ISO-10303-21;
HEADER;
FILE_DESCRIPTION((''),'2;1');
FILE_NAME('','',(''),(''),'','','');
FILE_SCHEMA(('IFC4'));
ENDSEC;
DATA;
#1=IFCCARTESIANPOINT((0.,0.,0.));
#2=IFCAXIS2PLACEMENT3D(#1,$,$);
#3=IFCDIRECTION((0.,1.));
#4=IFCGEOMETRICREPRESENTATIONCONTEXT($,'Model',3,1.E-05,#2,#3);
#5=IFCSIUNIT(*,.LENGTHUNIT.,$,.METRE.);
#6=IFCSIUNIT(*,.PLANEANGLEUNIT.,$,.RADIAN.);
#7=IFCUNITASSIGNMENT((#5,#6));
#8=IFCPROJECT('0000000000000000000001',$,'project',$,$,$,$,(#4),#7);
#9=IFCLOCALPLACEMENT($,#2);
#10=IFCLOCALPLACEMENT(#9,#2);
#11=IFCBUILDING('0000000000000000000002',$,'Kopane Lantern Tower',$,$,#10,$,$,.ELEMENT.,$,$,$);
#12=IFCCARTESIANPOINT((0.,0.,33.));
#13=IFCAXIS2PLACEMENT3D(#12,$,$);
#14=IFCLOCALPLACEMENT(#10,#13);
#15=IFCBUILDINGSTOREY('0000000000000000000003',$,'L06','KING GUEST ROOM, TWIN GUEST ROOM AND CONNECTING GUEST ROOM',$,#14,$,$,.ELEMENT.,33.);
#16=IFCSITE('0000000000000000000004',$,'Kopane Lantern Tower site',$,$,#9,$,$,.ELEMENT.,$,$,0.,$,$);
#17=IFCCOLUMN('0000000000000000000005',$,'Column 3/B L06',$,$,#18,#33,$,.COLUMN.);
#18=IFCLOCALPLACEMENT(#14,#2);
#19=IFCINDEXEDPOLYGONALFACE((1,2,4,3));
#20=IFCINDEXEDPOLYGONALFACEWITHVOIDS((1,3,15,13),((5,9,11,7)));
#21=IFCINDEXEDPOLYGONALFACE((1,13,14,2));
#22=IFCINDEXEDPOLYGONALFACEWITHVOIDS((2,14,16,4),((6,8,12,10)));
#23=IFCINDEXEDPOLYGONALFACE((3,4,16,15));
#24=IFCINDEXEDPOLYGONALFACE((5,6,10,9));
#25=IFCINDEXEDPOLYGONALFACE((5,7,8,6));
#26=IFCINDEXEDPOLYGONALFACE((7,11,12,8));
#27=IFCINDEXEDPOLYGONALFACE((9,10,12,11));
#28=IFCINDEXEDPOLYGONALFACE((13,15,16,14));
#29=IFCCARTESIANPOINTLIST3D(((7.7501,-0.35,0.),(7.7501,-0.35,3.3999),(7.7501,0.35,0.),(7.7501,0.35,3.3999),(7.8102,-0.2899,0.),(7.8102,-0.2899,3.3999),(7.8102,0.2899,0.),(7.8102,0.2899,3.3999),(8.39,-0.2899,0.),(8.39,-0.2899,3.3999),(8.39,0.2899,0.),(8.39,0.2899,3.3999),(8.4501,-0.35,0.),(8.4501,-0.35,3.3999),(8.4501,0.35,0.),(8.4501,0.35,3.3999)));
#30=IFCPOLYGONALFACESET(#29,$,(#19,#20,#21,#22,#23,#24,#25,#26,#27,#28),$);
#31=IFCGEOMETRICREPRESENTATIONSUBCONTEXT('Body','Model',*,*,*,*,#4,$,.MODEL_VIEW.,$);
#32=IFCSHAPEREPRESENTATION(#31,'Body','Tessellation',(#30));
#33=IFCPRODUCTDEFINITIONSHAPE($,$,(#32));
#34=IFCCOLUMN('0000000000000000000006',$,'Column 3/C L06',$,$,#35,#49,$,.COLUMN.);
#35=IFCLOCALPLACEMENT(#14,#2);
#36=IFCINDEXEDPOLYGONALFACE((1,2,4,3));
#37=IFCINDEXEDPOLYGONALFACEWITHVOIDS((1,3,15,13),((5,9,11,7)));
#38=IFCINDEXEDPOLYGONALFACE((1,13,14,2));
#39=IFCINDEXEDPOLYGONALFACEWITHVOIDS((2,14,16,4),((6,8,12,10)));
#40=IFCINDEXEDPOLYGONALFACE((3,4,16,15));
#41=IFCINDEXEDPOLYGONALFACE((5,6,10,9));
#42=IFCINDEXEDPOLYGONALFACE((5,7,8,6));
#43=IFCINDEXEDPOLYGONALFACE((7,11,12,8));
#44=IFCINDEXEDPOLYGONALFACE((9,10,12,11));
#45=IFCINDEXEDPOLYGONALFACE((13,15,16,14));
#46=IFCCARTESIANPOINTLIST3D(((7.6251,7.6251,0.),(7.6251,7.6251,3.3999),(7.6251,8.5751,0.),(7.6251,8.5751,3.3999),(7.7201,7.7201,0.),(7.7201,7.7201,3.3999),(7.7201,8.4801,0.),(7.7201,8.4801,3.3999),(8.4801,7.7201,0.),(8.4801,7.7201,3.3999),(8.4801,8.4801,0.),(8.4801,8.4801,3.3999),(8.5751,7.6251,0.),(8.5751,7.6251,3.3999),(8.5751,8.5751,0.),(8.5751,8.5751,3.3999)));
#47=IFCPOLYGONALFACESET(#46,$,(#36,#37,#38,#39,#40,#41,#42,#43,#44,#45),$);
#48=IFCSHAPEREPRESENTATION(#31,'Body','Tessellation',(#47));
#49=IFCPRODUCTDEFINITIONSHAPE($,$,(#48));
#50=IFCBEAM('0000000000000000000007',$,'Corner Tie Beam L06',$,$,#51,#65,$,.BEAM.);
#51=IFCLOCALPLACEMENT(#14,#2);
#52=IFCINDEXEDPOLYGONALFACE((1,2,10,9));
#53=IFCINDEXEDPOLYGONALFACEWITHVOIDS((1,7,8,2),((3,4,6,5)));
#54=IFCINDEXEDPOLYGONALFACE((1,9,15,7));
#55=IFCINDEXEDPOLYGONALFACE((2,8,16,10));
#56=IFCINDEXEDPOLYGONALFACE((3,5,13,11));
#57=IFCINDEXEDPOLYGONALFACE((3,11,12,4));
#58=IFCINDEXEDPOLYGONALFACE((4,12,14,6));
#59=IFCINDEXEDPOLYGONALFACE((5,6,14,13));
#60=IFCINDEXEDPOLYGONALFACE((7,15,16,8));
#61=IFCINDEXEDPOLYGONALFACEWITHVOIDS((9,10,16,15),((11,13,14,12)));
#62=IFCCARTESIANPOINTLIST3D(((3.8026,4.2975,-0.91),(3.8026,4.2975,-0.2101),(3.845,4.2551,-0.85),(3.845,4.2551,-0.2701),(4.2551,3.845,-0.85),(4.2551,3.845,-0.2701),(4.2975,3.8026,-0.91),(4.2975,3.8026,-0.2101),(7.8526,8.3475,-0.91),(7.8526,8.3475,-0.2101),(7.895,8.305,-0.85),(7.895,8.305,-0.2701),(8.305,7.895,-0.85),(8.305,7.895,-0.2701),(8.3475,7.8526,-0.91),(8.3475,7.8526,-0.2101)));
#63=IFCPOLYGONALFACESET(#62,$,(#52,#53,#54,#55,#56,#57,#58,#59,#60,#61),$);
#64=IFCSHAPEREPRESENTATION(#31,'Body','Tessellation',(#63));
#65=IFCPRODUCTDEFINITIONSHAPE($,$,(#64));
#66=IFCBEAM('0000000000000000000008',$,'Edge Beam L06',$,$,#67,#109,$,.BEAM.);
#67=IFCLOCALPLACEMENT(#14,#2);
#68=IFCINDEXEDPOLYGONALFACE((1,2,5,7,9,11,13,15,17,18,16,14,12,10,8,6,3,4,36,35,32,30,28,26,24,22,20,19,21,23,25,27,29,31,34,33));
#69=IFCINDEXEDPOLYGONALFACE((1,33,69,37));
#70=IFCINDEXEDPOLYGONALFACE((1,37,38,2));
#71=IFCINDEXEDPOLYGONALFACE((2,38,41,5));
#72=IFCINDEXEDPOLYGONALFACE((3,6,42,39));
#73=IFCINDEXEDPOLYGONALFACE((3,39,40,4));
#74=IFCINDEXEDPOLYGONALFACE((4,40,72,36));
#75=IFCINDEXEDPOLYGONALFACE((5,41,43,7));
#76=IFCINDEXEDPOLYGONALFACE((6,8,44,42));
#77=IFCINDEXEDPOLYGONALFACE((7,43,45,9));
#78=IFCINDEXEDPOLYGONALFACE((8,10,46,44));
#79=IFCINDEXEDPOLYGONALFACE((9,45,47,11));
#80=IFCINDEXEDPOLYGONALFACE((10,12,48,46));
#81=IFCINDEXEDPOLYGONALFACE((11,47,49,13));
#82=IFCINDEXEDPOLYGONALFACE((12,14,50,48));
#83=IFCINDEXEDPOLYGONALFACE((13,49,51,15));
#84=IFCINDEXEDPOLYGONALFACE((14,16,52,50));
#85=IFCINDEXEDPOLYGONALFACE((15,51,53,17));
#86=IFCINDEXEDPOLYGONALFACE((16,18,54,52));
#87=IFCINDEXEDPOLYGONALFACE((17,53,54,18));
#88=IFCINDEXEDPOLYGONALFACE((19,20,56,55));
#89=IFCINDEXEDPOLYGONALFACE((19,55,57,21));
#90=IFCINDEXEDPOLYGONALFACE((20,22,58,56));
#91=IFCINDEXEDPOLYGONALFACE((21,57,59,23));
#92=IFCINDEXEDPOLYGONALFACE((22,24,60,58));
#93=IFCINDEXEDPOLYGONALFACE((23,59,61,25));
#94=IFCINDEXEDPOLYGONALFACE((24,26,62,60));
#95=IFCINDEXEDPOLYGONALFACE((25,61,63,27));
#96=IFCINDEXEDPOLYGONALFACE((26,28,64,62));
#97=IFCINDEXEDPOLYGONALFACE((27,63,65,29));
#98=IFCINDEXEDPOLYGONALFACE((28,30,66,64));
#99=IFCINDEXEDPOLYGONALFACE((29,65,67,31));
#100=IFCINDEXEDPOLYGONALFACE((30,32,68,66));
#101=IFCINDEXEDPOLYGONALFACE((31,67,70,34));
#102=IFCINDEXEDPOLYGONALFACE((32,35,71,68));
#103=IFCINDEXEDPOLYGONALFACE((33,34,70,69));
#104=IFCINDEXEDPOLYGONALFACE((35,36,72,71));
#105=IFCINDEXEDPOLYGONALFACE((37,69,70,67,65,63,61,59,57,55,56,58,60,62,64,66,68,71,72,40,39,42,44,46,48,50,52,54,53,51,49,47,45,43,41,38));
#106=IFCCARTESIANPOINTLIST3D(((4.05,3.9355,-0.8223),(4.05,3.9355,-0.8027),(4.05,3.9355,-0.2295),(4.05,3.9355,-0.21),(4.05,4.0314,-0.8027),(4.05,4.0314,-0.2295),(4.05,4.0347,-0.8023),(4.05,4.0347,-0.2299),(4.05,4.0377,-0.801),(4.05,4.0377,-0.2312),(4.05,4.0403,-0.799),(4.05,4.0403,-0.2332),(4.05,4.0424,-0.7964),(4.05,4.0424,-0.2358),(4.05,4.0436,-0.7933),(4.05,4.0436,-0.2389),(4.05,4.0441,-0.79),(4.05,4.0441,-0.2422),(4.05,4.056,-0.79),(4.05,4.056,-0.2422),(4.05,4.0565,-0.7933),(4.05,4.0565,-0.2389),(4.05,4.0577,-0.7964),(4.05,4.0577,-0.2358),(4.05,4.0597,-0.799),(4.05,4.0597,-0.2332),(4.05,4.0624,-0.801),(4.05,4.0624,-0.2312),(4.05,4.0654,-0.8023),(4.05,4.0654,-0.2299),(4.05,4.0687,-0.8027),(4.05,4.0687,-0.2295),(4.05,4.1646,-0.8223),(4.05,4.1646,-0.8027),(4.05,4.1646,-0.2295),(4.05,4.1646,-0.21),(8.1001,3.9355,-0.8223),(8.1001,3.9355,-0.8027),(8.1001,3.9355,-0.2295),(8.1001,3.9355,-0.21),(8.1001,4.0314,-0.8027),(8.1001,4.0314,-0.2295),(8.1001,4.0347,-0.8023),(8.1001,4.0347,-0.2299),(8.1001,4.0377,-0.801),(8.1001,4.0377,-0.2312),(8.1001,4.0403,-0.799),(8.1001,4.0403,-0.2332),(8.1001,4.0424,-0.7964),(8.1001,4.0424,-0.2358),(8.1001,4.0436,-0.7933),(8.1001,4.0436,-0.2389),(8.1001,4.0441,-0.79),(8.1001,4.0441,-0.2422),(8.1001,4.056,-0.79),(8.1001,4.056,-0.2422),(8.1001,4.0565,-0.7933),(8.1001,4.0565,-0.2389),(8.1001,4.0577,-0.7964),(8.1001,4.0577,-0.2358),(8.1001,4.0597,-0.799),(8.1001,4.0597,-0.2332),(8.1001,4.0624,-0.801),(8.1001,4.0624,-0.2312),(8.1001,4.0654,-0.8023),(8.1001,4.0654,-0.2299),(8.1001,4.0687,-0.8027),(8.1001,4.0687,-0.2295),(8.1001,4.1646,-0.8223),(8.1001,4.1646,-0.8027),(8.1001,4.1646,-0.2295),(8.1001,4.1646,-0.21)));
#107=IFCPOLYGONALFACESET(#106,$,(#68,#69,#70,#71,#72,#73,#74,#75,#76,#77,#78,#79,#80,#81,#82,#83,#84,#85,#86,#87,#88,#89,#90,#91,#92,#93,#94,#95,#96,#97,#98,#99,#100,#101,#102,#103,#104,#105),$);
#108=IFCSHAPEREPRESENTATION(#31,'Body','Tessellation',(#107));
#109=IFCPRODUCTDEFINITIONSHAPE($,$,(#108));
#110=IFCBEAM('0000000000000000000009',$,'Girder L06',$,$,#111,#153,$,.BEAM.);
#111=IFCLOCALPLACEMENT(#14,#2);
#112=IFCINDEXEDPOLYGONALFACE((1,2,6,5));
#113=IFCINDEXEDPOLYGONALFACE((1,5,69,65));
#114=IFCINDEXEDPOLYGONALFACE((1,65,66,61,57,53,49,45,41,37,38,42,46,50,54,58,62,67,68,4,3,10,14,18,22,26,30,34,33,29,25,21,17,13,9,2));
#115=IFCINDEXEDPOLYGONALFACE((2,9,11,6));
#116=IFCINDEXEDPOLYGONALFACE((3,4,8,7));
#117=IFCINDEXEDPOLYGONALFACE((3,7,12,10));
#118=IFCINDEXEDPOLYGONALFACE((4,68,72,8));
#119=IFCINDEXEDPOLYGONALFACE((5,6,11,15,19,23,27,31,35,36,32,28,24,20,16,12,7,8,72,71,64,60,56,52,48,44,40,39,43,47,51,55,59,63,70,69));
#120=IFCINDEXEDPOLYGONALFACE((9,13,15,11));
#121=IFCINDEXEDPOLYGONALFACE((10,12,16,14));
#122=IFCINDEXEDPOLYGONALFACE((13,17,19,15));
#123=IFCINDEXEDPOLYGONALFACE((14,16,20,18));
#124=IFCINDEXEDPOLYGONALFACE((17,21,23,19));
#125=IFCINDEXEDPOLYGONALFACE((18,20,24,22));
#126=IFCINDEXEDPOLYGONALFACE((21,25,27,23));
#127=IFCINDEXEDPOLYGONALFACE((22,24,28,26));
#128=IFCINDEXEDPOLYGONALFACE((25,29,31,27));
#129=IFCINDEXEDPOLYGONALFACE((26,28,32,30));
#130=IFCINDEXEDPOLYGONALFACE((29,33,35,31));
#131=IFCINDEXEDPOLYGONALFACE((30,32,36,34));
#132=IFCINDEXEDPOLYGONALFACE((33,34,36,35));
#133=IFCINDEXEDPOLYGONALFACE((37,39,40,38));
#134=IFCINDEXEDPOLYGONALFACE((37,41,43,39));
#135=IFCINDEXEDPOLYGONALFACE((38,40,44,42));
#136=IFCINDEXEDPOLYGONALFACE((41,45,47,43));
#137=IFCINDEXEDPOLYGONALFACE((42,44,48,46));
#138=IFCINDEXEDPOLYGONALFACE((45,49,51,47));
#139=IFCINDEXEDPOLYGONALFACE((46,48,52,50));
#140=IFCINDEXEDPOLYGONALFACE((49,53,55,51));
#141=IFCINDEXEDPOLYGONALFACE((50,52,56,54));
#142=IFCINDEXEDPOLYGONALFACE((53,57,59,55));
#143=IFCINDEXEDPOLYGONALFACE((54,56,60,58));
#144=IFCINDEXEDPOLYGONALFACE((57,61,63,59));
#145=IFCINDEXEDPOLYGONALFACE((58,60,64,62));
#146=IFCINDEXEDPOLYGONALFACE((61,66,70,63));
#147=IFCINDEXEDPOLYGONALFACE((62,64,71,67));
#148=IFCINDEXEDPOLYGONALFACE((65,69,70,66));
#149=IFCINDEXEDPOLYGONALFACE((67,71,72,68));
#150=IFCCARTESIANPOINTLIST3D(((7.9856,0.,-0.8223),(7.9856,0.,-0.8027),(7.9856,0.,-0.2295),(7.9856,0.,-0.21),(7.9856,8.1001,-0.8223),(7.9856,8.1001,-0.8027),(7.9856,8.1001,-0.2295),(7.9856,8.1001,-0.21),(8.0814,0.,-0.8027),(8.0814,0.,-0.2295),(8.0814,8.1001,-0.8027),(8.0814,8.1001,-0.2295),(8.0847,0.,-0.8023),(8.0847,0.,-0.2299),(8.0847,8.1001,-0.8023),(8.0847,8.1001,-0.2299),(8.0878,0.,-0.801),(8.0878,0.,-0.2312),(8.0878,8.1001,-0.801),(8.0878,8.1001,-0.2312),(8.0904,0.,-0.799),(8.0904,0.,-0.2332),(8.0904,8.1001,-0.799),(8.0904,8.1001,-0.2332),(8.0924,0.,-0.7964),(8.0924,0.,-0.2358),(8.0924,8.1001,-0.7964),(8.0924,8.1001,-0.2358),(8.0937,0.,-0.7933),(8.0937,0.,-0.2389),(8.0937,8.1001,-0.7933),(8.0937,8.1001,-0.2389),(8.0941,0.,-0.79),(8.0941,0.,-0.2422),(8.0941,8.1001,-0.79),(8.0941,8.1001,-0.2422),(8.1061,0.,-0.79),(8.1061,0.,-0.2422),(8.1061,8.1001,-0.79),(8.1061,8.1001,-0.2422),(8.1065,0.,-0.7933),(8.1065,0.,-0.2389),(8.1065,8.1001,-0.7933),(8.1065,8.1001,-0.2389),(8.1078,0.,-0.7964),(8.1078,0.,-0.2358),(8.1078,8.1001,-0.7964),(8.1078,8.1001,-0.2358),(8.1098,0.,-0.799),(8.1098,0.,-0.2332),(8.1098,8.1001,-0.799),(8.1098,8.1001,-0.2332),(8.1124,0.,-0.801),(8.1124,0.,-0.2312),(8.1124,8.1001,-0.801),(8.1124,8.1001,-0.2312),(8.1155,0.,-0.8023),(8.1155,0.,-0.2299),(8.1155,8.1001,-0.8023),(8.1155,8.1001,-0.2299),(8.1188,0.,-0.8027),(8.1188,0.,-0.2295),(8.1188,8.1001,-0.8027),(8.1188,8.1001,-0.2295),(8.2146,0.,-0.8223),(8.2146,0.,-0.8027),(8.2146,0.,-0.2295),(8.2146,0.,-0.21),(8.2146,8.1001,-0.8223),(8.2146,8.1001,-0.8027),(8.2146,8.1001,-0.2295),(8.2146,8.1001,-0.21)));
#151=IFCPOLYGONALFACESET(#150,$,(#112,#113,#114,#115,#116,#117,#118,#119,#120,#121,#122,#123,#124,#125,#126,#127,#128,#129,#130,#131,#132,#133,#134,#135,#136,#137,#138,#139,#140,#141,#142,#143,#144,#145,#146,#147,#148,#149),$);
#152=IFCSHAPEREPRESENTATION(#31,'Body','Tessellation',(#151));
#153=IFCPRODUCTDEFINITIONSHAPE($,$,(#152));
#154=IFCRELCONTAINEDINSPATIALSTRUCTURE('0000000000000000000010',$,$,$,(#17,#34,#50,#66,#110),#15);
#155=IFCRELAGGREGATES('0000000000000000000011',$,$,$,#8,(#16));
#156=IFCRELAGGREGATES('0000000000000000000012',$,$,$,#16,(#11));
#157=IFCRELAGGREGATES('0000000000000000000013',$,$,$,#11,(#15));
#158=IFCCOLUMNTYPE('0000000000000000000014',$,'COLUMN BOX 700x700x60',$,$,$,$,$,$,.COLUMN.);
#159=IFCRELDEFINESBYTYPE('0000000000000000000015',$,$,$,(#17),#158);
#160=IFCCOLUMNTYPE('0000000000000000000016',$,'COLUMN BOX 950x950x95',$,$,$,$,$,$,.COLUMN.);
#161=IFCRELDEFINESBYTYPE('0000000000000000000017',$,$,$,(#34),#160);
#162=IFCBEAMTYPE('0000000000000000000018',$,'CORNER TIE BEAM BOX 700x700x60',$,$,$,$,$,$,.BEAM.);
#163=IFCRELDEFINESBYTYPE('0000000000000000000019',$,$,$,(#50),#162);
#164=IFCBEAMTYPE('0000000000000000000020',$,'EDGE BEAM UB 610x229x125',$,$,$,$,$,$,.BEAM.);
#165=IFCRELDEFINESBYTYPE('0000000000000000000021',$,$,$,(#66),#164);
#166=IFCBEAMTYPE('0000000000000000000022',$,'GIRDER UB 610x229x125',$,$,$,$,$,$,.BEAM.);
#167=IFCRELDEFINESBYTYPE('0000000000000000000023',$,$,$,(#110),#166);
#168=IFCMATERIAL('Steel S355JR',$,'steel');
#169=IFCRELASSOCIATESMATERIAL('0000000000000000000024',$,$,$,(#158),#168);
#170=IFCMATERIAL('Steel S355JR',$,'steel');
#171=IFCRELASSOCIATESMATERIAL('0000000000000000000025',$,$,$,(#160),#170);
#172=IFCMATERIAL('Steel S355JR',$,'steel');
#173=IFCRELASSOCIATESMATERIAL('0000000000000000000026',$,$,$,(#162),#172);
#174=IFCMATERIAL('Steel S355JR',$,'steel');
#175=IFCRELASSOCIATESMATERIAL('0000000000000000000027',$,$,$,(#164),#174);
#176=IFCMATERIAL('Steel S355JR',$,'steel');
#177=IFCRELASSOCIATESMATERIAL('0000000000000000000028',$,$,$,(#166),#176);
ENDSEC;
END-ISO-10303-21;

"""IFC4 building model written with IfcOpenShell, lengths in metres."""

from ifc_helpers import new_model, si_unit, direction, frame, origin, origin_2d, place, context, subcontext, project, spatial, hollow_rectangle, i_section, extrude, material, material_profile, profile_set, type_object, element, save


model = new_model("IFC4")

# Units and contexts
model_context = context("Model", 3, precision=1e-05, world=origin(), true_north=direction((0.0, 1.0)))
body_context = subcontext(model_context, "Body", "Model", "MODEL_VIEW")
ifc_project = project(units=[si_unit("LENGTHUNIT", "METRE"), si_unit("PLANEANGLEUNIT", "RADIAN")], contexts=[model_context])

# Site, building, storey
site_placement = place(None, origin())
site = spatial("IfcSite", under=ifc_project, at=site_placement, Name="Kopane Lantern Tower site", CompositionType="ELEMENT", RefElevation=0.0)
building_placement = place(site_placement, origin())
building = spatial("IfcBuilding", under=site, at=building_placement, Name="Kopane Lantern Tower", CompositionType="ELEMENT")
storey_placement = place(building_placement, frame((0.0, 0.0, 33.0)))
storey = spatial("IfcBuildingStorey", under=building, at=storey_placement, Name="L06", Description="KING GUEST ROOM, TWIN GUEST ROOM AND CONNECTING GUEST ROOM", CompositionType="ELEMENT", Elevation=33.0)

# Columns
ifc_material_1 = material(Name="Steel S355JR", Category="steel")
ifc_material_profile_1 = material_profile(ifc_material_1, hollow_rectangle(XDim=0.7, YDim=0.7, WallThickness=0.0601, at=origin_2d()), Name="BOX 700x700x60")
ifc_profile_set_1 = profile_set([ifc_material_profile_1], Name="Steel S355JR")
column_type_1 = type_object("IfcColumnType", Name="COLUMN BOX 700x700x60", PredefinedType="COLUMN", material=ifc_profile_set_1)
column_1_placement = place(storey_placement, frame((8.1001, 0.0, 0.0), z_axis=(0.0, 0.0, 1.0), x_axis=(1.0, 0.0, 0.0)))
element("IfcColumn", 1, at=column_1_placement, inside=storey, type_object=column_type_1, Name="Column 3/B L06", PredefinedType="COLUMN", context=body_context, shape_type="SweptSolid", body=[
    extrude(hollow_rectangle(XDim=0.7, YDim=0.7, WallThickness=0.0601, at=origin_2d()), origin(), (0.0, 0.0, 1.0), 3.3999),
])
ifc_material_2 = material(Name="Steel S355JR", Category="steel")
ifc_material_profile_2 = material_profile(ifc_material_2, hollow_rectangle(XDim=0.95, YDim=0.95, WallThickness=0.095, at=origin_2d()), Name="BOX 950x950x95")
ifc_profile_set_2 = profile_set([ifc_material_profile_2], Name="Steel S355JR")
column_type_2 = type_object("IfcColumnType", Name="COLUMN BOX 950x950x95", PredefinedType="COLUMN", material=ifc_profile_set_2)
column_2_placement = place(storey_placement, frame((8.1001, 8.1001, 0.0), z_axis=(0.0, 0.0, 1.0), x_axis=(1.0, 0.0, 0.0)))
element("IfcColumn", 2, at=column_2_placement, inside=storey, type_object=column_type_2, Name="Column 3/C L06", PredefinedType="COLUMN", context=body_context, shape_type="SweptSolid", body=[
    extrude(hollow_rectangle(XDim=0.95, YDim=0.95, WallThickness=0.095, at=origin_2d()), origin(), (0.0, 0.0, 1.0), 3.3999),
])

# Beams
ifc_material_3 = material(Name="Steel S355JR", Category="steel")
ifc_material_profile_3 = material_profile(ifc_material_3, hollow_rectangle(XDim=0.7, YDim=0.7, WallThickness=0.0601, at=origin_2d()), Name="BOX 700x700x60")
ifc_profile_set_3 = profile_set([ifc_material_profile_3], Name="Steel S355JR")
beam_type_1 = type_object("IfcBeamType", Name="CORNER TIE BEAM BOX 700x700x60", PredefinedType="BEAM", material=ifc_profile_set_3)
beam_1_placement = place(storey_placement, frame((4.05, 4.05, -0.5601), z_axis=(0.707107, 0.707107, 0.0), x_axis=(-0.707107, 0.707107, 0.0)))
element("IfcBeam", 3, at=beam_1_placement, inside=storey, type_object=beam_type_1, Name="Corner Tie Beam L06", PredefinedType="BEAM", context=body_context, shape_type="SweptSolid", body=[
    extrude(hollow_rectangle(XDim=0.7, YDim=0.7, WallThickness=0.0601, at=origin_2d()), origin(), (0.0, 0.0, 1.0), 5.7275),
])
ifc_material_4 = material(Name="Steel S355JR", Category="steel")
ifc_material_profile_4 = material_profile(ifc_material_4, i_section(OverallWidth=0.229, OverallDepth=0.6123, WebThickness=0.012, FlangeThickness=0.0195, FilletRadius=0.0127, at=origin_2d()), Name="UB 610x229x125")
ifc_profile_set_4 = profile_set([ifc_material_profile_4], Name="Steel S355JR")
beam_type_2 = type_object("IfcBeamType", Name="EDGE BEAM UB 610x229x125", PredefinedType="BEAM", material=ifc_profile_set_4)
beam_2_placement = place(storey_placement, frame((4.05, 4.05, -0.5161), z_axis=(1.0, 0.0, 0.0), x_axis=(0.0, 1.0, 0.0)))
element("IfcBeam", 4, at=beam_2_placement, inside=storey, type_object=beam_type_2, Name="Edge Beam L06", PredefinedType="BEAM", context=body_context, shape_type="SweptSolid", body=[
    extrude(i_section(OverallWidth=0.229, OverallDepth=0.6123, WebThickness=0.012, FlangeThickness=0.0195, FilletRadius=0.0127, at=origin_2d()), origin(), (0.0, 0.0, 1.0), 4.05),
])
ifc_material_5 = material(Name="Steel S355JR", Category="steel")
ifc_material_profile_5 = material_profile(ifc_material_5, i_section(OverallWidth=0.229, OverallDepth=0.6123, WebThickness=0.012, FlangeThickness=0.0195, FilletRadius=0.0127, at=origin_2d()), Name="UB 610x229x125")
ifc_profile_set_5 = profile_set([ifc_material_profile_5], Name="Steel S355JR")
beam_type_3 = type_object("IfcBeamType", Name="GIRDER UB 610x229x125", PredefinedType="BEAM", material=ifc_profile_set_5)
beam_3_placement = place(storey_placement, frame((8.1001, 0.0, -0.5161), z_axis=(0.0, 1.0, 0.0), x_axis=(-1.0, 0.0, 0.0)))
element("IfcBeam", 5, at=beam_3_placement, inside=storey, type_object=beam_type_3, Name="Girder L06", PredefinedType="BEAM", context=body_context, shape_type="SweptSolid", body=[
    extrude(i_section(OverallWidth=0.229, OverallDepth=0.6123, WebThickness=0.012, FlangeThickness=0.0195, FilletRadius=0.0127, at=origin_2d()), origin(), (0.0, 0.0, 1.0), 8.1001),
])

save(model, "model.ifc")
